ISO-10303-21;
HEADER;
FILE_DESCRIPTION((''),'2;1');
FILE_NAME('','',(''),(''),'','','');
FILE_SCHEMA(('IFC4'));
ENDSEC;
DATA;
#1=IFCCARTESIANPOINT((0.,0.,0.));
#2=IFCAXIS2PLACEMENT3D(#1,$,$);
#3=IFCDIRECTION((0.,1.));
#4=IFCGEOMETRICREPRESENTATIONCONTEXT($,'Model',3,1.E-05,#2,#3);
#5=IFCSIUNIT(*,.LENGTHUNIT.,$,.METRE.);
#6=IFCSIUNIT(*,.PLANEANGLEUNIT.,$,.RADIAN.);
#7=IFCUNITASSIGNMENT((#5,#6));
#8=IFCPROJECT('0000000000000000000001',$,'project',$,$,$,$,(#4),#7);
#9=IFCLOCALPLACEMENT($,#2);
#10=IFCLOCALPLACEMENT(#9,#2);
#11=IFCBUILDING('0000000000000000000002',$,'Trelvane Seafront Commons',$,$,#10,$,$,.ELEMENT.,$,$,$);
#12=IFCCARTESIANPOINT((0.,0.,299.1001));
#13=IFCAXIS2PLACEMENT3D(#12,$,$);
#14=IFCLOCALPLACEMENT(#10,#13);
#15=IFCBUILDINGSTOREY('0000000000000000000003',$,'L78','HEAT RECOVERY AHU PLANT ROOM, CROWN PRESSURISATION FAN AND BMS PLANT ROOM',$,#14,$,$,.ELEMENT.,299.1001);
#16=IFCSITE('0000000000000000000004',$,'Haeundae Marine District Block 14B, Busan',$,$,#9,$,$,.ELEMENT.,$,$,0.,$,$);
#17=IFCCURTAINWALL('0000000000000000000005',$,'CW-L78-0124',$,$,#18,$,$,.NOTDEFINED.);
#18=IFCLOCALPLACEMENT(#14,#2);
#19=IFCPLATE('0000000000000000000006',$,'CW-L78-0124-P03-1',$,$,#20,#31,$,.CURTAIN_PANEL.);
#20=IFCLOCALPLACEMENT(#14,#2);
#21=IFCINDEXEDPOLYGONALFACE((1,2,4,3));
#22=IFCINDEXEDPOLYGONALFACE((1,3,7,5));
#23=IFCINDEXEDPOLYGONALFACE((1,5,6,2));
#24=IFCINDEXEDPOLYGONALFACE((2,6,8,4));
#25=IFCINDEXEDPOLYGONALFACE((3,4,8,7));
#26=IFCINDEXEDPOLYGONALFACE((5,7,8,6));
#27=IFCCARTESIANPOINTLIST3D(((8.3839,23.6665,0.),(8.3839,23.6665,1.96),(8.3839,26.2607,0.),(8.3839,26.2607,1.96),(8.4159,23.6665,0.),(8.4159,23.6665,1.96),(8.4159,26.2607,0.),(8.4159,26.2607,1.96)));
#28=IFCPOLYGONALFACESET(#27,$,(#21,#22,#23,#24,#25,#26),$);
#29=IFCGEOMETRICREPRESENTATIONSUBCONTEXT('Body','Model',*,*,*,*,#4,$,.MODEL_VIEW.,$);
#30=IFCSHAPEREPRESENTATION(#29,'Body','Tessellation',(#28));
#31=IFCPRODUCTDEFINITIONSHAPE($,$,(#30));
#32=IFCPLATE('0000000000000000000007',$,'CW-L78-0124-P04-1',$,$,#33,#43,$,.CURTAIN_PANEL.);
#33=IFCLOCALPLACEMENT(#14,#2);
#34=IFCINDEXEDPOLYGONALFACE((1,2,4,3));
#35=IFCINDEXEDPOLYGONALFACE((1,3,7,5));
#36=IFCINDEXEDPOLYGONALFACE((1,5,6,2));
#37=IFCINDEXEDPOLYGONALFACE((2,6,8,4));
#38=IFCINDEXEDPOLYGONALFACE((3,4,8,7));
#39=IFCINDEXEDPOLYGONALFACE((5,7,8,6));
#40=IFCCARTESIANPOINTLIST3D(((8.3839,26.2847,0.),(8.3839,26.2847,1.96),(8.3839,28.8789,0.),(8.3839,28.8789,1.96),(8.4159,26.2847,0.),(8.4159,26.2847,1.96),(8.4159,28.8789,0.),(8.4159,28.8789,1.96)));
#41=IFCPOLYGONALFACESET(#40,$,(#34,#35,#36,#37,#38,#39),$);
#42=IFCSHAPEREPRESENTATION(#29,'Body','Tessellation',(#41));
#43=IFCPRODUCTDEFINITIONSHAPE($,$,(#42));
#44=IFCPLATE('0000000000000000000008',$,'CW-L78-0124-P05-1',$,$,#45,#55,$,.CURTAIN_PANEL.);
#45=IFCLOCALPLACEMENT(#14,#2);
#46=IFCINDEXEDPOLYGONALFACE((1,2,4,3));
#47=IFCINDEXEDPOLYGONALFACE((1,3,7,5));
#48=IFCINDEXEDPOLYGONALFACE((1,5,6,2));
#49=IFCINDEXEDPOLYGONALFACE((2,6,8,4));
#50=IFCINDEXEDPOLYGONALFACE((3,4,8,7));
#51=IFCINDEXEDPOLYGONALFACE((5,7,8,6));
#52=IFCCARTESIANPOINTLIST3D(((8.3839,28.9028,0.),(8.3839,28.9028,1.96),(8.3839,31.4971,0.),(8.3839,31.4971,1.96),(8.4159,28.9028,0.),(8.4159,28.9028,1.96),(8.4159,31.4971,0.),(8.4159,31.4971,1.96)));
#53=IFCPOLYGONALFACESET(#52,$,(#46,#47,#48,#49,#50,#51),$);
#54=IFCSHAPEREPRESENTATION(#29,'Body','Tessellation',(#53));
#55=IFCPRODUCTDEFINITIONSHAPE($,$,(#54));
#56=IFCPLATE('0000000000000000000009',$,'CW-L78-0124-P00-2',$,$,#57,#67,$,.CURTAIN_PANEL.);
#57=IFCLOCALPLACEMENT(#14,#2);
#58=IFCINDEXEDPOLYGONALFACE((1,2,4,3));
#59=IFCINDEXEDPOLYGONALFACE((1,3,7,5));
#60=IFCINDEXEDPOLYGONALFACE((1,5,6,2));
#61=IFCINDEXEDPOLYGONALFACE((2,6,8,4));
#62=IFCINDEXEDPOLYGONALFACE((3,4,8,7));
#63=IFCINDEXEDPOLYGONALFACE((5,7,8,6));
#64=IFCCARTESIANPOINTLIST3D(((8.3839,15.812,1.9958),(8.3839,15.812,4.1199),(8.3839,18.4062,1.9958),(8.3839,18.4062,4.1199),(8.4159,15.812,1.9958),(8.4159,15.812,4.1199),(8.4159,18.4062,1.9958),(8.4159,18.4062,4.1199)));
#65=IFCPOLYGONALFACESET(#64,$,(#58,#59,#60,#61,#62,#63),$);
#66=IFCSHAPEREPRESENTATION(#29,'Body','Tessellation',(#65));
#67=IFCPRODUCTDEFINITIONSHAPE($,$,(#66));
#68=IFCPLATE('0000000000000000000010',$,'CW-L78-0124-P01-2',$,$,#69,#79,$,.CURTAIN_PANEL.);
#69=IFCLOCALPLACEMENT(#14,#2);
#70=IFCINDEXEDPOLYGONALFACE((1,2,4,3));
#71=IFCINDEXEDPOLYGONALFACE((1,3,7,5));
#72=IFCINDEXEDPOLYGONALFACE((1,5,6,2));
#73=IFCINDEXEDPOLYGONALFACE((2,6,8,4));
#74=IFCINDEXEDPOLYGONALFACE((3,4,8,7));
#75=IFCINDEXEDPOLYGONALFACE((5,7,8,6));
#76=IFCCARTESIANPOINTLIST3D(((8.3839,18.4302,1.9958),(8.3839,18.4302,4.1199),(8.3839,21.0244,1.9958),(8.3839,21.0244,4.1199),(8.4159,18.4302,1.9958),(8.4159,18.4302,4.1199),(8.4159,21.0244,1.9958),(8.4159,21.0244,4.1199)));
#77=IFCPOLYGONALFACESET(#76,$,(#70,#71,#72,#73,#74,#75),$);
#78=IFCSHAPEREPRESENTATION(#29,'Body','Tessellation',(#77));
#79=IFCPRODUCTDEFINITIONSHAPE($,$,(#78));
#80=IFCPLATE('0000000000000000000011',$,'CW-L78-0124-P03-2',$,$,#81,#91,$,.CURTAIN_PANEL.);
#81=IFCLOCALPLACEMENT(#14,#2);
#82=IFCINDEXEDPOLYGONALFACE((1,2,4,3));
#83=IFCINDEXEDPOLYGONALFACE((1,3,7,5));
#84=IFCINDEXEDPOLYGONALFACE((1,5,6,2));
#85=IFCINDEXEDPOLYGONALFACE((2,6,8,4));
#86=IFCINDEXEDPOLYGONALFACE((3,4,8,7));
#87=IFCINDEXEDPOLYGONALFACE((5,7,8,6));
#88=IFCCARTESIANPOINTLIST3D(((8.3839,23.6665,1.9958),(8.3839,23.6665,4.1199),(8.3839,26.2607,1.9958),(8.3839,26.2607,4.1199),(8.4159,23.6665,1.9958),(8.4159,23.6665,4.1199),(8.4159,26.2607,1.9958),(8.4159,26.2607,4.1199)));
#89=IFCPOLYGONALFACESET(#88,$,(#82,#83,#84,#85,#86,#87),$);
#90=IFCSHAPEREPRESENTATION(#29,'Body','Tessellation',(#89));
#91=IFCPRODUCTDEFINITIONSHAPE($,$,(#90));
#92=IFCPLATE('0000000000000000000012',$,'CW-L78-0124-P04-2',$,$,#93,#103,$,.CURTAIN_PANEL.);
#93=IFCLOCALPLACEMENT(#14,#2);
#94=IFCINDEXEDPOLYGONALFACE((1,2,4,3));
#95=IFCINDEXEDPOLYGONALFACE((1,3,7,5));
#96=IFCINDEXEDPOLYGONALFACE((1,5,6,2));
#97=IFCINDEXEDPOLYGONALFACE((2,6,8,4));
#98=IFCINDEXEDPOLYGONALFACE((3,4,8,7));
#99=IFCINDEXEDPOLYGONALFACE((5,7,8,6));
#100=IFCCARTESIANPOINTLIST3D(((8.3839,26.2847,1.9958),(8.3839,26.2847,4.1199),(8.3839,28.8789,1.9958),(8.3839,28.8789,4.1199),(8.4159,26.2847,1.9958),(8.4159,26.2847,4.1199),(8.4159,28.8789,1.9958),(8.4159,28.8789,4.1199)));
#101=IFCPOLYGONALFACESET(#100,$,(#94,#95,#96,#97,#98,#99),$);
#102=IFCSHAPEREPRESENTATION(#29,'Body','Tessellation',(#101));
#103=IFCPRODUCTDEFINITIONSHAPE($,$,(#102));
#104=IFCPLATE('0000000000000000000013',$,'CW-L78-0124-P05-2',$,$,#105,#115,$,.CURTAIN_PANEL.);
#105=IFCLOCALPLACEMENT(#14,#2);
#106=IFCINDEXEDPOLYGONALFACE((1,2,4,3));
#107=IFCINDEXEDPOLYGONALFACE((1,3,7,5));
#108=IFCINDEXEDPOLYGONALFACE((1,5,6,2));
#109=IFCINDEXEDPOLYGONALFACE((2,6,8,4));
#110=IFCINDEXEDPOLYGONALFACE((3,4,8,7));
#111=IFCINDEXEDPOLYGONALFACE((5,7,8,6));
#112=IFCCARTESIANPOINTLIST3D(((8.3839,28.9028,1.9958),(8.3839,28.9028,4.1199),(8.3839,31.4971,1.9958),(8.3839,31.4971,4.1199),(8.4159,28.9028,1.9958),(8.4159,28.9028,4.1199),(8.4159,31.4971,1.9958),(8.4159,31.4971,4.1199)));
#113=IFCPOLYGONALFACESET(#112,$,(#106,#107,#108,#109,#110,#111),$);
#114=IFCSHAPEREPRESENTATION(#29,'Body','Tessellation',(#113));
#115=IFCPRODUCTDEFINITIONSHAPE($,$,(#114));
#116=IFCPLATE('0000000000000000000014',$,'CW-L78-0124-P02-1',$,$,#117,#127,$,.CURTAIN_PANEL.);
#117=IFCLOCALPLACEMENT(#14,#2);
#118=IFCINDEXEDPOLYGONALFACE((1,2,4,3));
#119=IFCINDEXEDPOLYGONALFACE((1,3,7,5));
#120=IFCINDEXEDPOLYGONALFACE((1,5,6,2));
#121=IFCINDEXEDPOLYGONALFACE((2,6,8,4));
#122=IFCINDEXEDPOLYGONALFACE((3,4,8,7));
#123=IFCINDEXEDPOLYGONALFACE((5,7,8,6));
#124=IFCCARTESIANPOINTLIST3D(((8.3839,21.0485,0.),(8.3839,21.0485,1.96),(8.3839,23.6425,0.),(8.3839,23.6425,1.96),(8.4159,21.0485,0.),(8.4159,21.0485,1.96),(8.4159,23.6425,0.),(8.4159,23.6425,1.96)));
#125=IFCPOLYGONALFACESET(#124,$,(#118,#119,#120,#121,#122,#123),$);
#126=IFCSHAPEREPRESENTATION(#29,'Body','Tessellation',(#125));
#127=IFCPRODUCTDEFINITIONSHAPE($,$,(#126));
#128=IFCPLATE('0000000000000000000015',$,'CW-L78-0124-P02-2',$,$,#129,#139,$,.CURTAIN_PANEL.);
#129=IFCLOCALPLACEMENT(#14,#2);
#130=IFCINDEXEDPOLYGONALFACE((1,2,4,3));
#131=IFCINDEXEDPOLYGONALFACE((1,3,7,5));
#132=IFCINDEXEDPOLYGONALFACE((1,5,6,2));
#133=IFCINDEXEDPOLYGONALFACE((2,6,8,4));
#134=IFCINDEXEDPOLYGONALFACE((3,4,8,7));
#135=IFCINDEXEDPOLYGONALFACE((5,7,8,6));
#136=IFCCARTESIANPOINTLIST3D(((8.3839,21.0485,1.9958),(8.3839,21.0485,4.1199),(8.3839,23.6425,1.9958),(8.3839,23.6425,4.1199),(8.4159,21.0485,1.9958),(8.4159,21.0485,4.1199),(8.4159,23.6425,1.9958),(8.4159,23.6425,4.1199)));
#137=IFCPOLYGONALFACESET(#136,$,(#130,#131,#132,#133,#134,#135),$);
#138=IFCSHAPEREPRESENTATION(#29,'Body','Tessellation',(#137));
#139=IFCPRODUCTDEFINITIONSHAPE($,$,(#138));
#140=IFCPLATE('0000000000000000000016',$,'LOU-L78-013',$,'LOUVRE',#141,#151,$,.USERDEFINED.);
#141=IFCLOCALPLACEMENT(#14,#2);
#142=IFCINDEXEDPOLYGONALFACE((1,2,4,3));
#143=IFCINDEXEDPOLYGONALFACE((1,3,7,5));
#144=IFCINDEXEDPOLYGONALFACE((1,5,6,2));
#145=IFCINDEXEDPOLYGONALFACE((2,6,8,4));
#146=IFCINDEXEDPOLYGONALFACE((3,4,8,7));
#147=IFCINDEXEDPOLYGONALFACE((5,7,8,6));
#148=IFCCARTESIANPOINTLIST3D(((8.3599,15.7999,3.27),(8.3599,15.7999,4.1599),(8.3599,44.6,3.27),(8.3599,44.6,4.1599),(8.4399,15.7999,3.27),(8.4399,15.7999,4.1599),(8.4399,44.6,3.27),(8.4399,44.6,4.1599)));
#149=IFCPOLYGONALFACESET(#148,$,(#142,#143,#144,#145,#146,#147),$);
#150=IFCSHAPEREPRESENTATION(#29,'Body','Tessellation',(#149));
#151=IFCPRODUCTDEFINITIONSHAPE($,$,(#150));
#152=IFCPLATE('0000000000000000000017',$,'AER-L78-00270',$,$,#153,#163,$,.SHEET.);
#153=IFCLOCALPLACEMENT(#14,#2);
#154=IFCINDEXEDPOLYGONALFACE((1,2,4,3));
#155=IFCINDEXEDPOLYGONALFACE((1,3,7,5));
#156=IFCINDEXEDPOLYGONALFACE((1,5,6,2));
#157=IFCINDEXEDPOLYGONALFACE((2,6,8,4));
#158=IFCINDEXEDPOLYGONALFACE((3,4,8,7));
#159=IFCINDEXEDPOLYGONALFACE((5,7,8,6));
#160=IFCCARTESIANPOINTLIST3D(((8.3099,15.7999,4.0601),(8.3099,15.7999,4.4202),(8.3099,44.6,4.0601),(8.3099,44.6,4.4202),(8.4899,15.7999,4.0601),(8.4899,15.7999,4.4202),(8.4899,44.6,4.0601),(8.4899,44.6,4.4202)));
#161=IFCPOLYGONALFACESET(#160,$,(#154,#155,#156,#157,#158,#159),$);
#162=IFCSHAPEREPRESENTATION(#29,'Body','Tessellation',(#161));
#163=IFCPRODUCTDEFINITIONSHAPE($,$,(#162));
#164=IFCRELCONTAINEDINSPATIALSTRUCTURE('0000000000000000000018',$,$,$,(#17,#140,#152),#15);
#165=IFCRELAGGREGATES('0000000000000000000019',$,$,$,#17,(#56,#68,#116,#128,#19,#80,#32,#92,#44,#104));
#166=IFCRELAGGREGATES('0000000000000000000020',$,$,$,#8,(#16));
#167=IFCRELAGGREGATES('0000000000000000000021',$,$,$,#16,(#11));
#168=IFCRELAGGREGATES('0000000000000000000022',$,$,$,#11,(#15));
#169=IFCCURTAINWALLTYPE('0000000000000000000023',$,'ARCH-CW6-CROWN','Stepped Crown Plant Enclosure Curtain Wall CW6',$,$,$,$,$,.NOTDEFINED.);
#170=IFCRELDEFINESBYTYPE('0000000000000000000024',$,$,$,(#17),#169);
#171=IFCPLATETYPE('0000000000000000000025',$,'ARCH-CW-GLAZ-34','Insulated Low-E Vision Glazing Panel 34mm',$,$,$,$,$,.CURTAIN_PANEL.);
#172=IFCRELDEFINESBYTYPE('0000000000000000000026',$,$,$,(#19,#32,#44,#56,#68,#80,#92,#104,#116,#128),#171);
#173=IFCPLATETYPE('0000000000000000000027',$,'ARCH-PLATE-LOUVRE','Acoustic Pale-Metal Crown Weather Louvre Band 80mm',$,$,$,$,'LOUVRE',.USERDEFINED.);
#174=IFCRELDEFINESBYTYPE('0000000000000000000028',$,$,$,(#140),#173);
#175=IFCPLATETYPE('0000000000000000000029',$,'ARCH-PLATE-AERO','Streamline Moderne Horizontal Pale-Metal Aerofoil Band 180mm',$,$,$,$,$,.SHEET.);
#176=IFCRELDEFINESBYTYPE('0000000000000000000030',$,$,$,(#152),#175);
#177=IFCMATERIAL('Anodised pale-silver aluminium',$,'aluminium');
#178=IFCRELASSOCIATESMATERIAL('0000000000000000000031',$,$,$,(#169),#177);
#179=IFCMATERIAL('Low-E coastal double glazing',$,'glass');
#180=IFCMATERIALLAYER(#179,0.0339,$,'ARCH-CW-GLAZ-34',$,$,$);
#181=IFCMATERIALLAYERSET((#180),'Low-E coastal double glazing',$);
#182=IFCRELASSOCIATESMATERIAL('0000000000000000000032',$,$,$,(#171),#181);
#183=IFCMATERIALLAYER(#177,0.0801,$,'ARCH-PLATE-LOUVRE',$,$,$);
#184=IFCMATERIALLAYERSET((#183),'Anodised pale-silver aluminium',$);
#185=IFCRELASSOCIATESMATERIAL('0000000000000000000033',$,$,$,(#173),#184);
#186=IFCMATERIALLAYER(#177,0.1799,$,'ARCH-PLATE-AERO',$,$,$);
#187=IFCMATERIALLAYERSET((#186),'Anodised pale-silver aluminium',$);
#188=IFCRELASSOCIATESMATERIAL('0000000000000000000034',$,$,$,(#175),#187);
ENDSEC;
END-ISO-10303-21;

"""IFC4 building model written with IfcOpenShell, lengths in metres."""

from ifc_helpers import new_model, si_unit, direction, frame, origin, origin_2d, place, context, subcontext, project, spatial, rectangle, extrude, source, transform, mapped, material, layer, layer_set, type_object, element, aggregate, save


model = new_model("IFC4")

# Units and contexts
model_context = context("Model", 3, precision=1e-05, world=origin(), true_north=direction((0.0, 1.0)))
body_context = subcontext(model_context, "Body", "Model", "MODEL_VIEW")
ifc_project = project(units=[si_unit("LENGTHUNIT", "METRE"), si_unit("PLANEANGLEUNIT", "RADIAN")], contexts=[model_context])

# Site, building, storey
site_placement = place(None, origin())
site = spatial("IfcSite", under=ifc_project, at=site_placement, Name="Haeundae Marine District Block 14B, Busan", CompositionType="ELEMENT", RefElevation=0.0)
building_placement = place(site_placement, origin())
building = spatial("IfcBuilding", under=site, at=building_placement, Name="Trelvane Seafront Commons", CompositionType="ELEMENT")
storey_placement = place(building_placement, frame((0.0, 0.0, 299.1001)))
storey = spatial("IfcBuildingStorey", under=building, at=storey_placement, Name="L78", Description="HEAT RECOVERY AHU PLANT ROOM, CROWN PRESSURISATION FAN AND BMS PLANT ROOM", CompositionType="ELEMENT", Elevation=299.1001)

# Curtain wall
ifc_material_1 = material(Name="Anodised pale-silver aluminium", Category="aluminium")
curtain_wall_type = type_object("IfcCurtainWallType", Name="ARCH-CW6-CROWN", Description="Stepped Crown Plant Enclosure Curtain Wall CW6", PredefinedType="NOTDEFINED", material=ifc_material_1)
curtain_wall_placement = place(storey_placement, origin())
curtain_wall = element("IfcCurtainWall", 1, at=curtain_wall_placement, inside=storey, type_object=curtain_wall_type, Name="CW-L78-0124", PredefinedType="NOTDEFINED")

# Plates
ifc_material_2 = material(Name="Low-E coastal double glazing", Category="glass")
ifc_layer_1 = layer(ifc_material_2, 0.0339, Name="ARCH-CW-GLAZ-34")
ifc_layer_set_1 = layer_set([ifc_layer_1], Name="Low-E coastal double glazing")
plate_type_1 = type_object("IfcPlateType", Name="ARCH-CW-GLAZ-34", Description="Insulated Low-E Vision Glazing Panel 34mm", PredefinedType="CURTAIN_PANEL", material=ifc_layer_set_1)
shared_shape_1 = source(origin(), body_context, "Body", "SweptSolid", [
    extrude(rectangle(XDim=2.5942, YDim=0.032, at=origin_2d()), origin(), (0.0, 0.0, 1.0), 1.96),
])
plate_1_placement = place(storey_placement, frame((8.3999, 24.9636, 0.0), z_axis=(0.0, 0.0, 1.0), x_axis=(0.0, 1.0, 0.0)))
plate_1 = element("IfcPlate", 2, at=plate_1_placement, type_object=plate_type_1, Name="CW-L78-0124-P03-1", PredefinedType="CURTAIN_PANEL", context=body_context, shape_type="MappedRepresentation", body=[
    mapped(shared_shape_1, transform((0.0, 0.0, 0.0), x_axis=(1.0, 0.0, 0.0), y_axis=(0.0, 1.0, 0.0), z_axis=(0.0, 0.0, 1.0), scale=1.0)),
])
plate_2_placement = place(storey_placement, frame((8.3999, 27.5818, 0.0), z_axis=(0.0, 0.0, 1.0), x_axis=(0.0, 1.0, 0.0)))
plate_2 = element("IfcPlate", 3, at=plate_2_placement, type_object=plate_type_1, Name="CW-L78-0124-P04-1", PredefinedType="CURTAIN_PANEL", context=body_context, shape_type="MappedRepresentation", body=[
    mapped(shared_shape_1, transform((0.0, 0.0, 0.0), x_axis=(1.0, 0.0, 0.0), y_axis=(0.0, 1.0, 0.0), z_axis=(0.0, 0.0, 1.0), scale=1.0)),
])
plate_3_placement = place(storey_placement, frame((8.3999, 30.2, 0.0), z_axis=(0.0, 0.0, 1.0), x_axis=(0.0, 1.0, 0.0)))
plate_3 = element("IfcPlate", 4, at=plate_3_placement, type_object=plate_type_1, Name="CW-L78-0124-P05-1", PredefinedType="CURTAIN_PANEL", context=body_context, shape_type="MappedRepresentation", body=[
    mapped(shared_shape_1, transform((0.0, 0.0, 0.0), x_axis=(1.0, 0.0, 0.0), y_axis=(0.0, 1.0, 0.0), z_axis=(0.0, 0.0, 1.0), scale=1.0)),
])
shared_shape_2 = source(origin(), body_context, "Body", "SweptSolid", [
    extrude(rectangle(XDim=2.5942, YDim=0.032, at=origin_2d()), origin(), (0.0, 0.0, 1.0), 2.124),
])
plate_4_placement = place(storey_placement, frame((8.3999, 17.1091, 1.9958), z_axis=(0.0, 0.0, 1.0), x_axis=(0.0, 1.0, 0.0)))
plate_4 = element("IfcPlate", 5, at=plate_4_placement, type_object=plate_type_1, Name="CW-L78-0124-P00-2", PredefinedType="CURTAIN_PANEL", context=body_context, shape_type="MappedRepresentation", body=[
    mapped(shared_shape_2, transform((0.0, 0.0, 0.0), x_axis=(1.0, 0.0, 0.0), y_axis=(0.0, 1.0, 0.0), z_axis=(0.0, 0.0, 1.0), scale=1.0)),
])
plate_5_placement = place(storey_placement, frame((8.3999, 19.7273, 1.9958), z_axis=(0.0, 0.0, 1.0), x_axis=(0.0, 1.0, 0.0)))
plate_5 = element("IfcPlate", 6, at=plate_5_placement, type_object=plate_type_1, Name="CW-L78-0124-P01-2", PredefinedType="CURTAIN_PANEL", context=body_context, shape_type="MappedRepresentation", body=[
    mapped(shared_shape_2, transform((0.0, 0.0, 0.0), x_axis=(1.0, 0.0, 0.0), y_axis=(0.0, 1.0, 0.0), z_axis=(0.0, 0.0, 1.0), scale=1.0)),
])
plate_6_placement = place(storey_placement, frame((8.3999, 24.9636, 1.9958), z_axis=(0.0, 0.0, 1.0), x_axis=(0.0, 1.0, 0.0)))
plate_6 = element("IfcPlate", 7, at=plate_6_placement, type_object=plate_type_1, Name="CW-L78-0124-P03-2", PredefinedType="CURTAIN_PANEL", context=body_context, shape_type="MappedRepresentation", body=[
    mapped(shared_shape_2, transform((0.0, 0.0, 0.0), x_axis=(1.0, 0.0, 0.0), y_axis=(0.0, 1.0, 0.0), z_axis=(0.0, 0.0, 1.0), scale=1.0)),
])
plate_7_placement = place(storey_placement, frame((8.3999, 27.5818, 1.9958), z_axis=(0.0, 0.0, 1.0), x_axis=(0.0, 1.0, 0.0)))
plate_7 = element("IfcPlate", 8, at=plate_7_placement, type_object=plate_type_1, Name="CW-L78-0124-P04-2", PredefinedType="CURTAIN_PANEL", context=body_context, shape_type="MappedRepresentation", body=[
    mapped(shared_shape_2, transform((0.0, 0.0, 0.0), x_axis=(1.0, 0.0, 0.0), y_axis=(0.0, 1.0, 0.0), z_axis=(0.0, 0.0, 1.0), scale=1.0)),
])
plate_8_placement = place(storey_placement, frame((8.3999, 30.2, 1.9958), z_axis=(0.0, 0.0, 1.0), x_axis=(0.0, 1.0, 0.0)))
plate_8 = element("IfcPlate", 9, at=plate_8_placement, type_object=plate_type_1, Name="CW-L78-0124-P05-2", PredefinedType="CURTAIN_PANEL", context=body_context, shape_type="MappedRepresentation", body=[
    mapped(shared_shape_2, transform((0.0, 0.0, 0.0), x_axis=(1.0, 0.0, 0.0), y_axis=(0.0, 1.0, 0.0), z_axis=(0.0, 0.0, 1.0), scale=1.0)),
])
shared_shape_3 = source(origin(), body_context, "Body", "SweptSolid", [
    extrude(rectangle(XDim=2.594, YDim=0.032, at=origin_2d()), origin(), (0.0, 0.0, 1.0), 1.96),
])
plate_9_placement = place(storey_placement, frame((8.3999, 22.3455, 0.0), z_axis=(0.0, 0.0, 1.0), x_axis=(0.0, 1.0, 0.0)))
plate_9 = element("IfcPlate", 10, at=plate_9_placement, type_object=plate_type_1, Name="CW-L78-0124-P02-1", PredefinedType="CURTAIN_PANEL", context=body_context, shape_type="MappedRepresentation", body=[
    mapped(shared_shape_3, transform((0.0, 0.0, 0.0), x_axis=(1.0, 0.0, 0.0), y_axis=(0.0, 1.0, 0.0), z_axis=(0.0, 0.0, 1.0), scale=1.0)),
])
shared_shape_4 = source(origin(), body_context, "Body", "SweptSolid", [
    extrude(rectangle(XDim=2.594, YDim=0.032, at=origin_2d()), origin(), (0.0, 0.0, 1.0), 2.124),
])
plate_10_placement = place(storey_placement, frame((8.3999, 22.3455, 1.9958), z_axis=(0.0, 0.0, 1.0), x_axis=(0.0, 1.0, 0.0)))
plate_10 = element("IfcPlate", 11, at=plate_10_placement, type_object=plate_type_1, Name="CW-L78-0124-P02-2", PredefinedType="CURTAIN_PANEL", context=body_context, shape_type="MappedRepresentation", body=[
    mapped(shared_shape_4, transform((0.0, 0.0, 0.0), x_axis=(1.0, 0.0, 0.0), y_axis=(0.0, 1.0, 0.0), z_axis=(0.0, 0.0, 1.0), scale=1.0)),
])
aggregate(curtain_wall, [plate_4, plate_5, plate_9, plate_10, plate_1, plate_6, plate_2, plate_7, plate_3, plate_8])

# Plates
ifc_layer_2 = layer(ifc_material_1, 0.0801, Name="ARCH-PLATE-LOUVRE")
ifc_layer_set_2 = layer_set([ifc_layer_2], Name="Anodised pale-silver aluminium")
plate_type_2 = type_object("IfcPlateType", Name="ARCH-PLATE-LOUVRE", Description="Acoustic Pale-Metal Crown Weather Louvre Band 80mm", ElementType="LOUVRE", PredefinedType="USERDEFINED", material=ifc_layer_set_2)
shared_shape_5 = source(origin(), body_context, "Body", "SweptSolid", [
    extrude(rectangle(XDim=28.8, YDim=0.0801, at=origin_2d()), origin(), (0.0, 0.0, 1.0), 0.8899),
])
plate_11_placement = place(storey_placement, frame((8.3999, 30.2, 3.27), z_axis=(0.0, 0.0, 1.0), x_axis=(0.0, 1.0, 0.0)))
element("IfcPlate", 12, at=plate_11_placement, inside=storey, type_object=plate_type_2, Name="LOU-L78-013", ObjectType="LOUVRE", PredefinedType="USERDEFINED", context=body_context, shape_type="MappedRepresentation", body=[
    mapped(shared_shape_5, transform((0.0, 0.0, 0.0), x_axis=(1.0, 0.0, 0.0), y_axis=(0.0, 1.0, 0.0), z_axis=(0.0, 0.0, 1.0), scale=1.0)),
])
ifc_layer_3 = layer(ifc_material_1, 0.1799, Name="ARCH-PLATE-AERO")
ifc_layer_set_3 = layer_set([ifc_layer_3], Name="Anodised pale-silver aluminium")
plate_type_3 = type_object("IfcPlateType", Name="ARCH-PLATE-AERO", Description="Streamline Moderne Horizontal Pale-Metal Aerofoil Band 180mm", PredefinedType="SHEET", material=ifc_layer_set_3)
shared_shape_6 = source(origin(), body_context, "Body", "SweptSolid", [
    extrude(rectangle(XDim=28.8, YDim=0.1799, at=origin_2d()), origin(), (0.0, 0.0, 1.0), 0.3601),
])
plate_12_placement = place(storey_placement, frame((8.3999, 30.2, 4.0601), z_axis=(0.0, 0.0, 1.0), x_axis=(0.0, 1.0, 0.0)))
element("IfcPlate", 13, at=plate_12_placement, inside=storey, type_object=plate_type_3, Name="AER-L78-00270", PredefinedType="SHEET", context=body_context, shape_type="MappedRepresentation", body=[
    mapped(shared_shape_6, transform((0.0, 0.0, 0.0), x_axis=(1.0, 0.0, 0.0), y_axis=(0.0, 1.0, 0.0), z_axis=(0.0, 0.0, 1.0), scale=1.0)),
])

save(model, "model.ifc")
